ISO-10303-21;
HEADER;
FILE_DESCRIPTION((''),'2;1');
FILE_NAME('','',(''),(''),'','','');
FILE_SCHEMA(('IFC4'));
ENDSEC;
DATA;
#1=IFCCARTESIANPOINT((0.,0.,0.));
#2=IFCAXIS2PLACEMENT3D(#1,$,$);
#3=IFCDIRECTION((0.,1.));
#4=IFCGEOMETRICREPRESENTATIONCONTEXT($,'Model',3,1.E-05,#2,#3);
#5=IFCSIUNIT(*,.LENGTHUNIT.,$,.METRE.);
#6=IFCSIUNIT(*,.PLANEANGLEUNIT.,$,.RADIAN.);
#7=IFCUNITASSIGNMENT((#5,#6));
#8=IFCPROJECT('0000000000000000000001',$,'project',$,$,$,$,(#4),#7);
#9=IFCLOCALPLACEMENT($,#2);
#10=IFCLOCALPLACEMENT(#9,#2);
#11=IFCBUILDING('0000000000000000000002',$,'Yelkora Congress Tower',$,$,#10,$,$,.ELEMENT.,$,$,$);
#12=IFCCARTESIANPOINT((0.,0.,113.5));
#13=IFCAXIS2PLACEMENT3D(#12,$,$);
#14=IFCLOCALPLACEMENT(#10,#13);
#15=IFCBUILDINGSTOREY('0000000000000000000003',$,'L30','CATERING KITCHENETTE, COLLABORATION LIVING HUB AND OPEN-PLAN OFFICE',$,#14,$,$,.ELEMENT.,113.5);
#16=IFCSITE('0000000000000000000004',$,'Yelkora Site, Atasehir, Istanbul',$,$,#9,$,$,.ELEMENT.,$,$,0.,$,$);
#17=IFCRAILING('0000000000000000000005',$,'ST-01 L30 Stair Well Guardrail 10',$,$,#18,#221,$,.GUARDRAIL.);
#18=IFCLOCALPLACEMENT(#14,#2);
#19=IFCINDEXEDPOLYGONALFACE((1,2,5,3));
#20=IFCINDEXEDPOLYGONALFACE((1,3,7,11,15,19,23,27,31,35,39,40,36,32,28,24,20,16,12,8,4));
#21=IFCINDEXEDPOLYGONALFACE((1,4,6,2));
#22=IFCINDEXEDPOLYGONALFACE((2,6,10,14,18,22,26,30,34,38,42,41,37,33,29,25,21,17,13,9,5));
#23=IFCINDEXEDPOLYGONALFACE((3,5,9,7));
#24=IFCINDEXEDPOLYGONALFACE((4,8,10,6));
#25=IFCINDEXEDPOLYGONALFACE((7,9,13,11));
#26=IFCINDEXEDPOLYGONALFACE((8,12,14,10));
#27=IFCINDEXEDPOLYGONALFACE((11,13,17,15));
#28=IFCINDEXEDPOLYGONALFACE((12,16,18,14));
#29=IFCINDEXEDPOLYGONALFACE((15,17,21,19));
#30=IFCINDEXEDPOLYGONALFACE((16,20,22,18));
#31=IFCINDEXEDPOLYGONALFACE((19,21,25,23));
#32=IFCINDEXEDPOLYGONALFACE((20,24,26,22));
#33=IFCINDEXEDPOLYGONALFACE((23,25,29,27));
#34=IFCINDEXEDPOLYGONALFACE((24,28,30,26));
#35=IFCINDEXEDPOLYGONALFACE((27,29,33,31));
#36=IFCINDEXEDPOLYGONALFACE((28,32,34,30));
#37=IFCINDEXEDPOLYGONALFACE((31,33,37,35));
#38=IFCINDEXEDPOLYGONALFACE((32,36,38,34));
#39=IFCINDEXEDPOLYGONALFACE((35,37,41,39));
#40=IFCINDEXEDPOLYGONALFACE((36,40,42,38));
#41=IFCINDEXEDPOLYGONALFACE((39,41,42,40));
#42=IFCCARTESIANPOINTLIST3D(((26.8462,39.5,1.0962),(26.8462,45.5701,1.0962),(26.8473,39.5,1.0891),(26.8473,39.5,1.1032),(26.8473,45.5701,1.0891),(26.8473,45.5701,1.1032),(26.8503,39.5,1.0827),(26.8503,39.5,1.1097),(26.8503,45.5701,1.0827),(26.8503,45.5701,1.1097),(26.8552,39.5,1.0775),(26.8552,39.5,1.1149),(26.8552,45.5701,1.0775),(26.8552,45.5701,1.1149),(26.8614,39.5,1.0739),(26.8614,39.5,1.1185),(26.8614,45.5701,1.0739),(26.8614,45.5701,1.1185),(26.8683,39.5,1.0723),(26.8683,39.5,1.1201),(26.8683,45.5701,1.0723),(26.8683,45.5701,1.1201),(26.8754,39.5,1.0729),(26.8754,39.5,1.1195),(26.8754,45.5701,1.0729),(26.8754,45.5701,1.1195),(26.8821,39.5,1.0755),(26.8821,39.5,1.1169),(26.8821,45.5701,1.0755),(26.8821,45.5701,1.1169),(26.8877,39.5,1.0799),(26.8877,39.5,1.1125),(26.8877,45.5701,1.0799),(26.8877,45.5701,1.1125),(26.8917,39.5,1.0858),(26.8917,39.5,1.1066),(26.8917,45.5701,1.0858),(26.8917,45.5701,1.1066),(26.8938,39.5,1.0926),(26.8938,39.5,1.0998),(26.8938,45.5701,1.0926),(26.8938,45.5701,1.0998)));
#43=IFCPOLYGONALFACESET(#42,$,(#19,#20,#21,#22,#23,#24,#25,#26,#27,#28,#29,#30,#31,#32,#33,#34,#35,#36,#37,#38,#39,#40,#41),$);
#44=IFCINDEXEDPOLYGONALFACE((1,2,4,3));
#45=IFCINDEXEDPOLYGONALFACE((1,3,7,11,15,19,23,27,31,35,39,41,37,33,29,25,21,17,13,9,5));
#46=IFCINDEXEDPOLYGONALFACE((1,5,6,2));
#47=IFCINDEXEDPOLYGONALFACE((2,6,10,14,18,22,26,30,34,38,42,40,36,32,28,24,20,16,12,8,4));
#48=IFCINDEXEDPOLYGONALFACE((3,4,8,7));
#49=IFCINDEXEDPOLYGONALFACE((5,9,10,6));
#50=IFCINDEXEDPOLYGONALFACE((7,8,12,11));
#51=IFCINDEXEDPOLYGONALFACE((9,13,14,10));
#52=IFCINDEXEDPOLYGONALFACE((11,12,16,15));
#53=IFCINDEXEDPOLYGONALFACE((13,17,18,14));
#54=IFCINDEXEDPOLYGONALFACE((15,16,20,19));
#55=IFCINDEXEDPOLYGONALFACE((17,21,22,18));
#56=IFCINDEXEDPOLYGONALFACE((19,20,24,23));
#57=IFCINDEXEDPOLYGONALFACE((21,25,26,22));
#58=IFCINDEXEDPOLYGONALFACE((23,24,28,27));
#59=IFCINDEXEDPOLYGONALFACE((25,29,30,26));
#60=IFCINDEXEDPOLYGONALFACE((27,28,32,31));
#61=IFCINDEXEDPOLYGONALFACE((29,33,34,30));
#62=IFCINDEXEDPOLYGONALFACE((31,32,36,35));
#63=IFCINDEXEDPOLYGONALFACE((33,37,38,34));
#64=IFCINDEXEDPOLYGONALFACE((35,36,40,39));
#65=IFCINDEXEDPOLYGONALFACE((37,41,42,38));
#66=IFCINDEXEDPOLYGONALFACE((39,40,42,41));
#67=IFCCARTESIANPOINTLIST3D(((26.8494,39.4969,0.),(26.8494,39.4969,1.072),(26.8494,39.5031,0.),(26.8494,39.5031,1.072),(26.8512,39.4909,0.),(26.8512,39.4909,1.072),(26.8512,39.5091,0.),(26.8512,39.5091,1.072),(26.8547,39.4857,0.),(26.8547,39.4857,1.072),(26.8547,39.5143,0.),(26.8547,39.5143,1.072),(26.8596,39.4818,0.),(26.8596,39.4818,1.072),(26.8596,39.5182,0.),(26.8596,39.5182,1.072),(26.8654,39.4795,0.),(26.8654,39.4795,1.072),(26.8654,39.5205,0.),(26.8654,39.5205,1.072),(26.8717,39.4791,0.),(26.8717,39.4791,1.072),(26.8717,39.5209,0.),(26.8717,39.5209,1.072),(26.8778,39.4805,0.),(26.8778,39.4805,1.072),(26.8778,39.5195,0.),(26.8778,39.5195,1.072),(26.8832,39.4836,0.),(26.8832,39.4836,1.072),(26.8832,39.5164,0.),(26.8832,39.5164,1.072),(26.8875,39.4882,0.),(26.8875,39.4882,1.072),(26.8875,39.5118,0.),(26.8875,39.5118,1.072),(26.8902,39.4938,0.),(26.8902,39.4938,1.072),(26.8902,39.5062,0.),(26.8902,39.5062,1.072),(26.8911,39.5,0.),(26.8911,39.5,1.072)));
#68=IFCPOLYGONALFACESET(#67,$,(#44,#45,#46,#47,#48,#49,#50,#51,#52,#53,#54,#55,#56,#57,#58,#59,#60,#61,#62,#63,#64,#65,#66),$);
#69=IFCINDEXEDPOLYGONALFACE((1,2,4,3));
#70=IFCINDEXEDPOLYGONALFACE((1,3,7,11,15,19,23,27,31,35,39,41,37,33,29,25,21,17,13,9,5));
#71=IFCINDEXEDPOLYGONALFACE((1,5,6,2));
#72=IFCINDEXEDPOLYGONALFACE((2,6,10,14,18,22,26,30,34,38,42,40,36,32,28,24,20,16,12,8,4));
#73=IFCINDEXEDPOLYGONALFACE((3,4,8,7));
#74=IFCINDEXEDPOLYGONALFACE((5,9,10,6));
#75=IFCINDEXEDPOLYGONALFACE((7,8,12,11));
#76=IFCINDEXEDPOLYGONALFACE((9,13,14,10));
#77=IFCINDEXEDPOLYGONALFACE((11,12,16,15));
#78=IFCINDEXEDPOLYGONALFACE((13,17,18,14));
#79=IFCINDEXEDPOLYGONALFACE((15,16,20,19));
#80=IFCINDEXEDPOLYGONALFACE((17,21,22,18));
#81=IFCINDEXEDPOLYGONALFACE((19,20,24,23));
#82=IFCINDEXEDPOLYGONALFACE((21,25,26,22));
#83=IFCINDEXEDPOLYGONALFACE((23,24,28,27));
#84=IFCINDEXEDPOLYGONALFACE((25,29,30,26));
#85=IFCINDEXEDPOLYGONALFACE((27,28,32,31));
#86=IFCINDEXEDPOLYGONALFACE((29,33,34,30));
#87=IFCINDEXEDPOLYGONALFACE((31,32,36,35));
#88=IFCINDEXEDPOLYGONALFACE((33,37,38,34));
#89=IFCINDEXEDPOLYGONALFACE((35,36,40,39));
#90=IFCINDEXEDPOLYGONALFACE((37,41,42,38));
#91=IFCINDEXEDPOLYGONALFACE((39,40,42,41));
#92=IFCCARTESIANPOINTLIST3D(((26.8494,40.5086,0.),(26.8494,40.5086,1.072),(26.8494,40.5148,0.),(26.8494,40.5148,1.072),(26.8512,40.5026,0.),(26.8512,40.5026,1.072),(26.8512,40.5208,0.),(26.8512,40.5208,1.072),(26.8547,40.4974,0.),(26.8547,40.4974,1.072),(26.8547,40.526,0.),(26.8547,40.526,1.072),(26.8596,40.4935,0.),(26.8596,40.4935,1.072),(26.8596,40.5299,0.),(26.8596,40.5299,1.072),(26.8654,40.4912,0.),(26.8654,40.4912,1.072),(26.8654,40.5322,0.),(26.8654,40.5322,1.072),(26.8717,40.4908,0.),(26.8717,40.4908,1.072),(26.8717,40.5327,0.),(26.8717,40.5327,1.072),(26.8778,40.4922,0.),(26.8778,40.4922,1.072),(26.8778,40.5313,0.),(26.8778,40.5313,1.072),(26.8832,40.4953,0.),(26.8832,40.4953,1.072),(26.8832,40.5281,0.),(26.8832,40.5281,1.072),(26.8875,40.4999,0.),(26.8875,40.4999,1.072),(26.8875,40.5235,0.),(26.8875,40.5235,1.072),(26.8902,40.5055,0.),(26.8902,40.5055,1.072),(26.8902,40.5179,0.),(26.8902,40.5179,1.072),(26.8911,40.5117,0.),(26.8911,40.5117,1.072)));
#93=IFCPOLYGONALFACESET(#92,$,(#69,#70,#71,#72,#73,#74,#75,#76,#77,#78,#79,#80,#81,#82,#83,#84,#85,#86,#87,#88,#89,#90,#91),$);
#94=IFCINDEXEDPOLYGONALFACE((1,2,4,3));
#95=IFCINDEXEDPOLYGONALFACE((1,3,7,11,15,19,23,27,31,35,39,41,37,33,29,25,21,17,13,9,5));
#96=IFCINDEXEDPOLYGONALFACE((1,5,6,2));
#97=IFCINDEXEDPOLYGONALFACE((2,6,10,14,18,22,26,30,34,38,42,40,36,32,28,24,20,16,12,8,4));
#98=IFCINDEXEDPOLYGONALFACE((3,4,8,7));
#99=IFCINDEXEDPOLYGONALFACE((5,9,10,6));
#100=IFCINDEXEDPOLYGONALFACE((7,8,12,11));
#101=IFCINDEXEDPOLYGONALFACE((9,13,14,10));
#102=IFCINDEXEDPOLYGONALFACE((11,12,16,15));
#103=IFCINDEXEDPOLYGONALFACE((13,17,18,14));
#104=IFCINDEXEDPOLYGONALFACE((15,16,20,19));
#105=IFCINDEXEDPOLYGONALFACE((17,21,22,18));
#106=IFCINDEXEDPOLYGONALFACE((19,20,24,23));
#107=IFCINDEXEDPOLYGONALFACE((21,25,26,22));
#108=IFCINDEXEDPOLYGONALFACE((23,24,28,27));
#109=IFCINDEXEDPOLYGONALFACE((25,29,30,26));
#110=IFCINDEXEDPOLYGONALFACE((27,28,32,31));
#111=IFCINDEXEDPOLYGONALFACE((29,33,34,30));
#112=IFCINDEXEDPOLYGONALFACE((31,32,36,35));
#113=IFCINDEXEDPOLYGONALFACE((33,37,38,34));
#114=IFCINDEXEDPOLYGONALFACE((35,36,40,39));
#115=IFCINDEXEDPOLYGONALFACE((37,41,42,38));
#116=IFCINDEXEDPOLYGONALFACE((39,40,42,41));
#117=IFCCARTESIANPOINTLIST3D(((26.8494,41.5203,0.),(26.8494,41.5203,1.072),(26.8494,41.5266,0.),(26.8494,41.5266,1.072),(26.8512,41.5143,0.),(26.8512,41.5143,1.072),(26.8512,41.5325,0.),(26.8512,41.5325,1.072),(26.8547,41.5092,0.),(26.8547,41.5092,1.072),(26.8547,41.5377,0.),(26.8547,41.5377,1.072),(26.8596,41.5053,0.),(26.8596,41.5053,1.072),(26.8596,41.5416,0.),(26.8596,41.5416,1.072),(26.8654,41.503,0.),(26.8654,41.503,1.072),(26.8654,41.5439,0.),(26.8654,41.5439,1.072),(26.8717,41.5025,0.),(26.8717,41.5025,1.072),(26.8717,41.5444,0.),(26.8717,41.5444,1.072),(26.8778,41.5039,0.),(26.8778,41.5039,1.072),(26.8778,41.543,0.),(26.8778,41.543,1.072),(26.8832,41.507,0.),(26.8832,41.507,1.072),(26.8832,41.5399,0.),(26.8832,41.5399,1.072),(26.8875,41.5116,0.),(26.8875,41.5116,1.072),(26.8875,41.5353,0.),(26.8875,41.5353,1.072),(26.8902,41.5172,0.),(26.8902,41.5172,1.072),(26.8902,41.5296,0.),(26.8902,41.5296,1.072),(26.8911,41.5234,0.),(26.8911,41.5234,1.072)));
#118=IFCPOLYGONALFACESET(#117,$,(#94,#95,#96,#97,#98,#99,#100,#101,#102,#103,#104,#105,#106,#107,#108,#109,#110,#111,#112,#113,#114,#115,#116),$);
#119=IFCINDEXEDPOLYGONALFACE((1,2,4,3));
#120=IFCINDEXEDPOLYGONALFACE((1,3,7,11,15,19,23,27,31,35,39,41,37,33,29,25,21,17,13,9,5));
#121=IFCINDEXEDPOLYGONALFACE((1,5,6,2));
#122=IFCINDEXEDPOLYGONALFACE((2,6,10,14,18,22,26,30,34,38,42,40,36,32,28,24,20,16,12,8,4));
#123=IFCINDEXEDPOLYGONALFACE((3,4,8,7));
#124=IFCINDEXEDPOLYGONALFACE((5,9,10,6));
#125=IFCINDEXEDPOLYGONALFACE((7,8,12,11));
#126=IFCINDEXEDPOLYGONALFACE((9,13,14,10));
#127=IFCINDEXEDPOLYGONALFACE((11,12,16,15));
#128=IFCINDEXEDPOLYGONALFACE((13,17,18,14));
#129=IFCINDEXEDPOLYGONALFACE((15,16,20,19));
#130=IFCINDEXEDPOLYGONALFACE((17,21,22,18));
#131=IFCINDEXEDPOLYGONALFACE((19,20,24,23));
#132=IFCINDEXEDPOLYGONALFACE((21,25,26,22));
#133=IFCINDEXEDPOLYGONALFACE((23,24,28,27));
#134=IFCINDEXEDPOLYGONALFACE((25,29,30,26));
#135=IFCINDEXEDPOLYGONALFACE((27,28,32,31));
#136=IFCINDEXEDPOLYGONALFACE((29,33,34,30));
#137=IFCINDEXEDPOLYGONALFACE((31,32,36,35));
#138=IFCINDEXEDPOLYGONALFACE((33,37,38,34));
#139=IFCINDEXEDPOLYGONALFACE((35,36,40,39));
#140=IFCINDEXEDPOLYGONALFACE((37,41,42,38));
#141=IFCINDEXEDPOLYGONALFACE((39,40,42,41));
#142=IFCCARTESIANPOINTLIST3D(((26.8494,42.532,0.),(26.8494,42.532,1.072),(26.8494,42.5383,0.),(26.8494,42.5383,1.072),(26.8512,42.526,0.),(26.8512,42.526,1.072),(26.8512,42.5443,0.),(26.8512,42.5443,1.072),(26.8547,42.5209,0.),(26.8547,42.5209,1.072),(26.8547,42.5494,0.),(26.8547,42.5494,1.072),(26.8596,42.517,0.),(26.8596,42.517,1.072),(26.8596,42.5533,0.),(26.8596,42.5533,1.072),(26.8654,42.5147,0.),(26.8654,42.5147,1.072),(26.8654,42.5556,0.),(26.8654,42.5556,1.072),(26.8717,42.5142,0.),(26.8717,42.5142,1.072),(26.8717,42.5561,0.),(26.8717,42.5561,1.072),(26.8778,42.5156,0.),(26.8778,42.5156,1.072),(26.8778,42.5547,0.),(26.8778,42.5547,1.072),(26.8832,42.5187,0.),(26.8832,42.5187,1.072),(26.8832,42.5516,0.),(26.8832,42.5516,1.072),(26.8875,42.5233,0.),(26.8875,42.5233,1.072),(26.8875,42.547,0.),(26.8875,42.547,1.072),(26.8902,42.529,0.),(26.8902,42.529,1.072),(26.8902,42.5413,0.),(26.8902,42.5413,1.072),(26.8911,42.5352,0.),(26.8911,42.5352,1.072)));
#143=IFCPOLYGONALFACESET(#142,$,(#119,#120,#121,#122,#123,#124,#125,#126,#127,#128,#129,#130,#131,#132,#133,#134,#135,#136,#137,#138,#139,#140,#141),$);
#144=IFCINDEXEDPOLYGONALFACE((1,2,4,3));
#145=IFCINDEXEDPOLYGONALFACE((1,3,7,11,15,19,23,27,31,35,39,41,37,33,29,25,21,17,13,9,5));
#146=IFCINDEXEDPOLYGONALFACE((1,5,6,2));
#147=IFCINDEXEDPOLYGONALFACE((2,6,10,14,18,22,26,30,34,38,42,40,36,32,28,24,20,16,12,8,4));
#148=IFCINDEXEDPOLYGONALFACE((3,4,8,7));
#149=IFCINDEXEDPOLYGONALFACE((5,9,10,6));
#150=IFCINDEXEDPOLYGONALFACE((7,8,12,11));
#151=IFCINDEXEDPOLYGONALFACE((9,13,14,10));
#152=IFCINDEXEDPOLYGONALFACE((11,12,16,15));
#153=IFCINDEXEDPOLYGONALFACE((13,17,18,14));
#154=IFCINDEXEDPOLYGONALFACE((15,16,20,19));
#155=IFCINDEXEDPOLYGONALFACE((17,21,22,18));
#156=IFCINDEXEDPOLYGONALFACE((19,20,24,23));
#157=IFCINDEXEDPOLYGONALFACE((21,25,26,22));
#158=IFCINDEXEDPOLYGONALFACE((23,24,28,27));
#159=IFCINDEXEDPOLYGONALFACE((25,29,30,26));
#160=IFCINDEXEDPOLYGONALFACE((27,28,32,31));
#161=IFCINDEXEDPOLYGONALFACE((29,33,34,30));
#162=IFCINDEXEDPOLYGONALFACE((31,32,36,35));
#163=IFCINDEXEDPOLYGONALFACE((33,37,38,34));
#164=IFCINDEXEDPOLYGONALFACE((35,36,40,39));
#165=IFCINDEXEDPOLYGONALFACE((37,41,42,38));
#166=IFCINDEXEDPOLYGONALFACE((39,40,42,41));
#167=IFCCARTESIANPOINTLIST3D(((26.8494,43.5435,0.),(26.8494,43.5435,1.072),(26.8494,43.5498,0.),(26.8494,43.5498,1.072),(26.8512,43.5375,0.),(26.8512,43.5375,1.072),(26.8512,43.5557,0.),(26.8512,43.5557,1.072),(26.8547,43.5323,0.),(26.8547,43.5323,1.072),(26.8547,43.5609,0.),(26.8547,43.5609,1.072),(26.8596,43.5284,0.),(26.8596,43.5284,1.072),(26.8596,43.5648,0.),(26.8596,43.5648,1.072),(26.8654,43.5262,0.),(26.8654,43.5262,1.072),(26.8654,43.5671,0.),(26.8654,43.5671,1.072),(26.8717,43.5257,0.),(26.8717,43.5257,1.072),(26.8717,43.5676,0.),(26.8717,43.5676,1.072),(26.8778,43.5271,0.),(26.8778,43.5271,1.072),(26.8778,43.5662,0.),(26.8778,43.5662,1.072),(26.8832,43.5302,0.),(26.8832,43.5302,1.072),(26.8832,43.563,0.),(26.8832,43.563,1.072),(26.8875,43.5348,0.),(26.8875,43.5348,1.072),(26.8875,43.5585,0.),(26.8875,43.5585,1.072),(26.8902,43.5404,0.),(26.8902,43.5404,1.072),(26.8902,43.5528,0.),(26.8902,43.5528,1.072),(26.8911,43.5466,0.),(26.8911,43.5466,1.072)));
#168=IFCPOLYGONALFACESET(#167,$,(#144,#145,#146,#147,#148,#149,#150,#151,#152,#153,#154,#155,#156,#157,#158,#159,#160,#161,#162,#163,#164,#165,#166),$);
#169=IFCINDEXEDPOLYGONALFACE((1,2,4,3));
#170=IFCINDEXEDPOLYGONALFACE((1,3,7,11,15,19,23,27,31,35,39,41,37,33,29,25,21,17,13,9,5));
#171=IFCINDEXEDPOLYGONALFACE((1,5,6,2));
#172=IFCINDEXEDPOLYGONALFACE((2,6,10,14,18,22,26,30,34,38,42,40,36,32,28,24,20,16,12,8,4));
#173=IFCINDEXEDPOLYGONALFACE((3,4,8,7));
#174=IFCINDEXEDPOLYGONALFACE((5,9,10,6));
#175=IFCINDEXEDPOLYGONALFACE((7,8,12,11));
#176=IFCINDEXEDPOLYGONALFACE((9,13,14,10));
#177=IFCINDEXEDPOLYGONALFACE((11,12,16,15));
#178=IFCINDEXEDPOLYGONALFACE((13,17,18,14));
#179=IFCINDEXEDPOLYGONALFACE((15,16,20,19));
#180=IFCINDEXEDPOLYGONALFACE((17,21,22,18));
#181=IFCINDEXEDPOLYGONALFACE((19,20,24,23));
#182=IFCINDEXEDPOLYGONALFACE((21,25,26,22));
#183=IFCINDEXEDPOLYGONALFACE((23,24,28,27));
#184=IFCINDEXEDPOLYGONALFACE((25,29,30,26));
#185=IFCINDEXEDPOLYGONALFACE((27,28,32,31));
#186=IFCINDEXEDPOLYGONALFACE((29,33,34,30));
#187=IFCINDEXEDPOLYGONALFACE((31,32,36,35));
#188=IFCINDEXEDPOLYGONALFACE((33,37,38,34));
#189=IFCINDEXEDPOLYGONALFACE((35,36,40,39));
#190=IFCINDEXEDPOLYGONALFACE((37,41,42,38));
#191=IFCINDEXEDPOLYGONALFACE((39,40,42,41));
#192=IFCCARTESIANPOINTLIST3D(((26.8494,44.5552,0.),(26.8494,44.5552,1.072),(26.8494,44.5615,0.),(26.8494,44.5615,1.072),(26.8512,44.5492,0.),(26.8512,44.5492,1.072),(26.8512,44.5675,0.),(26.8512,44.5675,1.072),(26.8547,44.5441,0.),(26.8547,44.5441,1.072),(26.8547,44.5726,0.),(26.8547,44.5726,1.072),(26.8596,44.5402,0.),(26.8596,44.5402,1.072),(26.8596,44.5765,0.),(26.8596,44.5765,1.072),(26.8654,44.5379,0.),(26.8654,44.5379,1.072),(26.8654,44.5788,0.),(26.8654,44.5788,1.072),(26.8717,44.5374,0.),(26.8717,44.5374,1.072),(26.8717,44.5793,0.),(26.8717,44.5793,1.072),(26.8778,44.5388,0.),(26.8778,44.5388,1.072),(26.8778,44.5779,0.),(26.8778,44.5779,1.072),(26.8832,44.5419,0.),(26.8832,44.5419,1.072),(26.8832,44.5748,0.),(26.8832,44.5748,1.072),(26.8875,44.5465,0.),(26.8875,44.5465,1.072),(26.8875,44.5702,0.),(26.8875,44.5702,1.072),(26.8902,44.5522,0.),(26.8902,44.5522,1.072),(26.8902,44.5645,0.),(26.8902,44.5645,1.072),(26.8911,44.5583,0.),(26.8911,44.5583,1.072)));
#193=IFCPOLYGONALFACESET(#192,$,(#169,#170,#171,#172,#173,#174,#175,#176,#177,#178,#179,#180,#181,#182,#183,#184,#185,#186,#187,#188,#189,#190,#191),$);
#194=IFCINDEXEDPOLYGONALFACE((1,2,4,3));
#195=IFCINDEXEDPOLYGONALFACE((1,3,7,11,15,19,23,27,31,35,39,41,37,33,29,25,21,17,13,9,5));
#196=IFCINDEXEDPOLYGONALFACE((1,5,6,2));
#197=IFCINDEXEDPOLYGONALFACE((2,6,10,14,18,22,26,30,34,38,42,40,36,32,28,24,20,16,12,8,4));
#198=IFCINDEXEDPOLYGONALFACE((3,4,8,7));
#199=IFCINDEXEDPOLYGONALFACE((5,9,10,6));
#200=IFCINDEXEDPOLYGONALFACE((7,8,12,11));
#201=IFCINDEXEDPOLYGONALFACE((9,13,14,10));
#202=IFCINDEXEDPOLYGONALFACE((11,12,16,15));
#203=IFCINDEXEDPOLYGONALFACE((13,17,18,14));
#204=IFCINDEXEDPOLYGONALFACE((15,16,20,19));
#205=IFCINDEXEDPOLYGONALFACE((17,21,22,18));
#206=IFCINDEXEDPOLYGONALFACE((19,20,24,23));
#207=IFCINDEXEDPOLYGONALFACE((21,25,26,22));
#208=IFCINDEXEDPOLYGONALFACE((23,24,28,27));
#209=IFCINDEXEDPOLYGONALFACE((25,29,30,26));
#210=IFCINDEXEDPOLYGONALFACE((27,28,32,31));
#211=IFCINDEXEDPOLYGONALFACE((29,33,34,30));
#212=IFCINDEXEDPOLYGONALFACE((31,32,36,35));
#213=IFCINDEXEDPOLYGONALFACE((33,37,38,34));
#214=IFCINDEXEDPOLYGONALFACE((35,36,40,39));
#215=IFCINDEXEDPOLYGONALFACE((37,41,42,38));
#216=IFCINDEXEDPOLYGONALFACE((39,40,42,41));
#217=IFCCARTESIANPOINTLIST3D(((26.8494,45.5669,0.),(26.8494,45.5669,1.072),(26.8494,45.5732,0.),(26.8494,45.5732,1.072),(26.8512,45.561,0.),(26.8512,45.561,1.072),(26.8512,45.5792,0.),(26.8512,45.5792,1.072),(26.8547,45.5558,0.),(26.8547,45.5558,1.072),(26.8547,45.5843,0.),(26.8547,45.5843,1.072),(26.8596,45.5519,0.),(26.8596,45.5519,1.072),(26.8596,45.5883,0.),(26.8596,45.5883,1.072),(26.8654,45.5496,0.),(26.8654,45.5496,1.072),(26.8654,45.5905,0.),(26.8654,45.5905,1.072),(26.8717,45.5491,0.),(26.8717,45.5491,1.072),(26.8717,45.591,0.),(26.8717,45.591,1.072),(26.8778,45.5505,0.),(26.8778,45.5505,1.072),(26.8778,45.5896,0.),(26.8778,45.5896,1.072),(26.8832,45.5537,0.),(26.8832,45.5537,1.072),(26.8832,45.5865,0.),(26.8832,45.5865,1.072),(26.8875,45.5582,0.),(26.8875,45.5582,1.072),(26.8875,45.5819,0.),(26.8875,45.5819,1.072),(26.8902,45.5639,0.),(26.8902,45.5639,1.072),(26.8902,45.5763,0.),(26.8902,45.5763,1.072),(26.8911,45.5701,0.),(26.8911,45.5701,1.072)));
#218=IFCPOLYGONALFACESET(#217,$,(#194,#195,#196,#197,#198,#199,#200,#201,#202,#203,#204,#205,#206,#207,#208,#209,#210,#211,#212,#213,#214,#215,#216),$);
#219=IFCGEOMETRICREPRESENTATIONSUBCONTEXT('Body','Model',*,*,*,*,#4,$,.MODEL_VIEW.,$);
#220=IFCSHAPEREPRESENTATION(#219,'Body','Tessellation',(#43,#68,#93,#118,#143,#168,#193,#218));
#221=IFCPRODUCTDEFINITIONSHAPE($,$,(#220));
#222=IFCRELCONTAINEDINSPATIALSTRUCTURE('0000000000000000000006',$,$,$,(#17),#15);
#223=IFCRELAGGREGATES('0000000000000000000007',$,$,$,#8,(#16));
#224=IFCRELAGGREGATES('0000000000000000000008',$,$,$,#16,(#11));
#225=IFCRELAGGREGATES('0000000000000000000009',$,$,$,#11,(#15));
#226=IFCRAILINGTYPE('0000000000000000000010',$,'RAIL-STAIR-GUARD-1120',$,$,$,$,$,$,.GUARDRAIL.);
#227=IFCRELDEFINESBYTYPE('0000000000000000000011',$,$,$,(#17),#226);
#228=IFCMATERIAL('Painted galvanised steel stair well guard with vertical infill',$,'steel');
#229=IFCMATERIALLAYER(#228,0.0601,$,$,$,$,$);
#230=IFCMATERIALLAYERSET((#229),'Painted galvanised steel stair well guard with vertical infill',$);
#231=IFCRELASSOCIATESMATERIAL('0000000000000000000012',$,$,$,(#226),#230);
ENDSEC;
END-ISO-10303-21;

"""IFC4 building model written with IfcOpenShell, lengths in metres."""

from ifc_helpers import new_model, si_unit, direction, frame, origin, origin_2d, place, context, subcontext, project, spatial, circle, extrude, material, layer, layer_set, type_object, element, save


model = new_model("IFC4")

# Units and contexts
model_context = context("Model", 3, precision=1e-05, world=origin(), true_north=direction((0.0, 1.0)))
body_context = subcontext(model_context, "Body", "Model", "MODEL_VIEW")
ifc_project = project(units=[si_unit("LENGTHUNIT", "METRE"), si_unit("PLANEANGLEUNIT", "RADIAN")], contexts=[model_context])

# Site, building, storey
site_placement = place(None, origin())
site = spatial("IfcSite", under=ifc_project, at=site_placement, Name="Yelkora Site, Atasehir, Istanbul", CompositionType="ELEMENT", RefElevation=0.0)
building_placement = place(site_placement, origin())
building = spatial("IfcBuilding", under=site, at=building_placement, Name="Yelkora Congress Tower", CompositionType="ELEMENT")
storey_placement = place(building_placement, frame((0.0, 0.0, 113.5)))
storey = spatial("IfcBuildingStorey", under=building, at=storey_placement, Name="L30", Description="CATERING KITCHENETTE, COLLABORATION LIVING HUB AND OPEN-PLAN OFFICE", CompositionType="ELEMENT", Elevation=113.5)

# Railing
ifc_material_1 = material(Name="Painted galvanised steel stair well guard with vertical infill", Category="steel")
ifc_layer_1 = layer(ifc_material_1, 0.0601)
ifc_layer_set_1 = layer_set([ifc_layer_1], Name="Painted galvanised steel stair well guard with vertical infill")
railing_type_1 = type_object("IfcRailingType", Name="RAIL-STAIR-GUARD-1120", PredefinedType="GUARDRAIL", material=ifc_layer_set_1)
railing_1_placement = place(storey_placement, frame((26.8701, 39.5, 0.0)))
element("IfcRailing", 1, at=railing_1_placement, inside=storey, type_object=railing_type_1, Name="ST-01 L30 Stair Well Guardrail 10", PredefinedType="GUARDRAIL", context=body_context, shape_type="SweptSolid", body=[
    extrude(circle(Radius=0.0239, at=origin_2d()), frame((0.0, 0.0, 1.0962), z_axis=(0.0, 1.0, 0.0), x_axis=(-1.0, 0.0, 0.0)), (0.0, 0.0, 1.0), 6.0701),
    extrude(circle(Radius=0.021, at=origin_2d()), origin(), (0.0, 0.0, 1.0), 1.072),
    extrude(circle(Radius=0.021, at=origin_2d()), frame((0.0, 1.0117, 0.0)), (0.0, 0.0, 1.0), 1.072),
    extrude(circle(Radius=0.021, at=origin_2d()), frame((0.0, 2.0234, 0.0)), (0.0, 0.0, 1.0), 1.072),
    extrude(circle(Radius=0.021, at=origin_2d()), frame((0.0, 3.0352, 0.0)), (0.0, 0.0, 1.0), 1.072),
    extrude(circle(Radius=0.021, at=origin_2d()), frame((0.0, 4.0466, 0.0)), (0.0, 0.0, 1.0), 1.072),
    extrude(circle(Radius=0.021, at=origin_2d()), frame((0.0, 5.0583, 0.0)), (0.0, 0.0, 1.0), 1.072),
    extrude(circle(Radius=0.021, at=origin_2d()), frame((0.0, 6.0701, 0.0)), (0.0, 0.0, 1.0), 1.072),
])

save(model, "model.ifc")
